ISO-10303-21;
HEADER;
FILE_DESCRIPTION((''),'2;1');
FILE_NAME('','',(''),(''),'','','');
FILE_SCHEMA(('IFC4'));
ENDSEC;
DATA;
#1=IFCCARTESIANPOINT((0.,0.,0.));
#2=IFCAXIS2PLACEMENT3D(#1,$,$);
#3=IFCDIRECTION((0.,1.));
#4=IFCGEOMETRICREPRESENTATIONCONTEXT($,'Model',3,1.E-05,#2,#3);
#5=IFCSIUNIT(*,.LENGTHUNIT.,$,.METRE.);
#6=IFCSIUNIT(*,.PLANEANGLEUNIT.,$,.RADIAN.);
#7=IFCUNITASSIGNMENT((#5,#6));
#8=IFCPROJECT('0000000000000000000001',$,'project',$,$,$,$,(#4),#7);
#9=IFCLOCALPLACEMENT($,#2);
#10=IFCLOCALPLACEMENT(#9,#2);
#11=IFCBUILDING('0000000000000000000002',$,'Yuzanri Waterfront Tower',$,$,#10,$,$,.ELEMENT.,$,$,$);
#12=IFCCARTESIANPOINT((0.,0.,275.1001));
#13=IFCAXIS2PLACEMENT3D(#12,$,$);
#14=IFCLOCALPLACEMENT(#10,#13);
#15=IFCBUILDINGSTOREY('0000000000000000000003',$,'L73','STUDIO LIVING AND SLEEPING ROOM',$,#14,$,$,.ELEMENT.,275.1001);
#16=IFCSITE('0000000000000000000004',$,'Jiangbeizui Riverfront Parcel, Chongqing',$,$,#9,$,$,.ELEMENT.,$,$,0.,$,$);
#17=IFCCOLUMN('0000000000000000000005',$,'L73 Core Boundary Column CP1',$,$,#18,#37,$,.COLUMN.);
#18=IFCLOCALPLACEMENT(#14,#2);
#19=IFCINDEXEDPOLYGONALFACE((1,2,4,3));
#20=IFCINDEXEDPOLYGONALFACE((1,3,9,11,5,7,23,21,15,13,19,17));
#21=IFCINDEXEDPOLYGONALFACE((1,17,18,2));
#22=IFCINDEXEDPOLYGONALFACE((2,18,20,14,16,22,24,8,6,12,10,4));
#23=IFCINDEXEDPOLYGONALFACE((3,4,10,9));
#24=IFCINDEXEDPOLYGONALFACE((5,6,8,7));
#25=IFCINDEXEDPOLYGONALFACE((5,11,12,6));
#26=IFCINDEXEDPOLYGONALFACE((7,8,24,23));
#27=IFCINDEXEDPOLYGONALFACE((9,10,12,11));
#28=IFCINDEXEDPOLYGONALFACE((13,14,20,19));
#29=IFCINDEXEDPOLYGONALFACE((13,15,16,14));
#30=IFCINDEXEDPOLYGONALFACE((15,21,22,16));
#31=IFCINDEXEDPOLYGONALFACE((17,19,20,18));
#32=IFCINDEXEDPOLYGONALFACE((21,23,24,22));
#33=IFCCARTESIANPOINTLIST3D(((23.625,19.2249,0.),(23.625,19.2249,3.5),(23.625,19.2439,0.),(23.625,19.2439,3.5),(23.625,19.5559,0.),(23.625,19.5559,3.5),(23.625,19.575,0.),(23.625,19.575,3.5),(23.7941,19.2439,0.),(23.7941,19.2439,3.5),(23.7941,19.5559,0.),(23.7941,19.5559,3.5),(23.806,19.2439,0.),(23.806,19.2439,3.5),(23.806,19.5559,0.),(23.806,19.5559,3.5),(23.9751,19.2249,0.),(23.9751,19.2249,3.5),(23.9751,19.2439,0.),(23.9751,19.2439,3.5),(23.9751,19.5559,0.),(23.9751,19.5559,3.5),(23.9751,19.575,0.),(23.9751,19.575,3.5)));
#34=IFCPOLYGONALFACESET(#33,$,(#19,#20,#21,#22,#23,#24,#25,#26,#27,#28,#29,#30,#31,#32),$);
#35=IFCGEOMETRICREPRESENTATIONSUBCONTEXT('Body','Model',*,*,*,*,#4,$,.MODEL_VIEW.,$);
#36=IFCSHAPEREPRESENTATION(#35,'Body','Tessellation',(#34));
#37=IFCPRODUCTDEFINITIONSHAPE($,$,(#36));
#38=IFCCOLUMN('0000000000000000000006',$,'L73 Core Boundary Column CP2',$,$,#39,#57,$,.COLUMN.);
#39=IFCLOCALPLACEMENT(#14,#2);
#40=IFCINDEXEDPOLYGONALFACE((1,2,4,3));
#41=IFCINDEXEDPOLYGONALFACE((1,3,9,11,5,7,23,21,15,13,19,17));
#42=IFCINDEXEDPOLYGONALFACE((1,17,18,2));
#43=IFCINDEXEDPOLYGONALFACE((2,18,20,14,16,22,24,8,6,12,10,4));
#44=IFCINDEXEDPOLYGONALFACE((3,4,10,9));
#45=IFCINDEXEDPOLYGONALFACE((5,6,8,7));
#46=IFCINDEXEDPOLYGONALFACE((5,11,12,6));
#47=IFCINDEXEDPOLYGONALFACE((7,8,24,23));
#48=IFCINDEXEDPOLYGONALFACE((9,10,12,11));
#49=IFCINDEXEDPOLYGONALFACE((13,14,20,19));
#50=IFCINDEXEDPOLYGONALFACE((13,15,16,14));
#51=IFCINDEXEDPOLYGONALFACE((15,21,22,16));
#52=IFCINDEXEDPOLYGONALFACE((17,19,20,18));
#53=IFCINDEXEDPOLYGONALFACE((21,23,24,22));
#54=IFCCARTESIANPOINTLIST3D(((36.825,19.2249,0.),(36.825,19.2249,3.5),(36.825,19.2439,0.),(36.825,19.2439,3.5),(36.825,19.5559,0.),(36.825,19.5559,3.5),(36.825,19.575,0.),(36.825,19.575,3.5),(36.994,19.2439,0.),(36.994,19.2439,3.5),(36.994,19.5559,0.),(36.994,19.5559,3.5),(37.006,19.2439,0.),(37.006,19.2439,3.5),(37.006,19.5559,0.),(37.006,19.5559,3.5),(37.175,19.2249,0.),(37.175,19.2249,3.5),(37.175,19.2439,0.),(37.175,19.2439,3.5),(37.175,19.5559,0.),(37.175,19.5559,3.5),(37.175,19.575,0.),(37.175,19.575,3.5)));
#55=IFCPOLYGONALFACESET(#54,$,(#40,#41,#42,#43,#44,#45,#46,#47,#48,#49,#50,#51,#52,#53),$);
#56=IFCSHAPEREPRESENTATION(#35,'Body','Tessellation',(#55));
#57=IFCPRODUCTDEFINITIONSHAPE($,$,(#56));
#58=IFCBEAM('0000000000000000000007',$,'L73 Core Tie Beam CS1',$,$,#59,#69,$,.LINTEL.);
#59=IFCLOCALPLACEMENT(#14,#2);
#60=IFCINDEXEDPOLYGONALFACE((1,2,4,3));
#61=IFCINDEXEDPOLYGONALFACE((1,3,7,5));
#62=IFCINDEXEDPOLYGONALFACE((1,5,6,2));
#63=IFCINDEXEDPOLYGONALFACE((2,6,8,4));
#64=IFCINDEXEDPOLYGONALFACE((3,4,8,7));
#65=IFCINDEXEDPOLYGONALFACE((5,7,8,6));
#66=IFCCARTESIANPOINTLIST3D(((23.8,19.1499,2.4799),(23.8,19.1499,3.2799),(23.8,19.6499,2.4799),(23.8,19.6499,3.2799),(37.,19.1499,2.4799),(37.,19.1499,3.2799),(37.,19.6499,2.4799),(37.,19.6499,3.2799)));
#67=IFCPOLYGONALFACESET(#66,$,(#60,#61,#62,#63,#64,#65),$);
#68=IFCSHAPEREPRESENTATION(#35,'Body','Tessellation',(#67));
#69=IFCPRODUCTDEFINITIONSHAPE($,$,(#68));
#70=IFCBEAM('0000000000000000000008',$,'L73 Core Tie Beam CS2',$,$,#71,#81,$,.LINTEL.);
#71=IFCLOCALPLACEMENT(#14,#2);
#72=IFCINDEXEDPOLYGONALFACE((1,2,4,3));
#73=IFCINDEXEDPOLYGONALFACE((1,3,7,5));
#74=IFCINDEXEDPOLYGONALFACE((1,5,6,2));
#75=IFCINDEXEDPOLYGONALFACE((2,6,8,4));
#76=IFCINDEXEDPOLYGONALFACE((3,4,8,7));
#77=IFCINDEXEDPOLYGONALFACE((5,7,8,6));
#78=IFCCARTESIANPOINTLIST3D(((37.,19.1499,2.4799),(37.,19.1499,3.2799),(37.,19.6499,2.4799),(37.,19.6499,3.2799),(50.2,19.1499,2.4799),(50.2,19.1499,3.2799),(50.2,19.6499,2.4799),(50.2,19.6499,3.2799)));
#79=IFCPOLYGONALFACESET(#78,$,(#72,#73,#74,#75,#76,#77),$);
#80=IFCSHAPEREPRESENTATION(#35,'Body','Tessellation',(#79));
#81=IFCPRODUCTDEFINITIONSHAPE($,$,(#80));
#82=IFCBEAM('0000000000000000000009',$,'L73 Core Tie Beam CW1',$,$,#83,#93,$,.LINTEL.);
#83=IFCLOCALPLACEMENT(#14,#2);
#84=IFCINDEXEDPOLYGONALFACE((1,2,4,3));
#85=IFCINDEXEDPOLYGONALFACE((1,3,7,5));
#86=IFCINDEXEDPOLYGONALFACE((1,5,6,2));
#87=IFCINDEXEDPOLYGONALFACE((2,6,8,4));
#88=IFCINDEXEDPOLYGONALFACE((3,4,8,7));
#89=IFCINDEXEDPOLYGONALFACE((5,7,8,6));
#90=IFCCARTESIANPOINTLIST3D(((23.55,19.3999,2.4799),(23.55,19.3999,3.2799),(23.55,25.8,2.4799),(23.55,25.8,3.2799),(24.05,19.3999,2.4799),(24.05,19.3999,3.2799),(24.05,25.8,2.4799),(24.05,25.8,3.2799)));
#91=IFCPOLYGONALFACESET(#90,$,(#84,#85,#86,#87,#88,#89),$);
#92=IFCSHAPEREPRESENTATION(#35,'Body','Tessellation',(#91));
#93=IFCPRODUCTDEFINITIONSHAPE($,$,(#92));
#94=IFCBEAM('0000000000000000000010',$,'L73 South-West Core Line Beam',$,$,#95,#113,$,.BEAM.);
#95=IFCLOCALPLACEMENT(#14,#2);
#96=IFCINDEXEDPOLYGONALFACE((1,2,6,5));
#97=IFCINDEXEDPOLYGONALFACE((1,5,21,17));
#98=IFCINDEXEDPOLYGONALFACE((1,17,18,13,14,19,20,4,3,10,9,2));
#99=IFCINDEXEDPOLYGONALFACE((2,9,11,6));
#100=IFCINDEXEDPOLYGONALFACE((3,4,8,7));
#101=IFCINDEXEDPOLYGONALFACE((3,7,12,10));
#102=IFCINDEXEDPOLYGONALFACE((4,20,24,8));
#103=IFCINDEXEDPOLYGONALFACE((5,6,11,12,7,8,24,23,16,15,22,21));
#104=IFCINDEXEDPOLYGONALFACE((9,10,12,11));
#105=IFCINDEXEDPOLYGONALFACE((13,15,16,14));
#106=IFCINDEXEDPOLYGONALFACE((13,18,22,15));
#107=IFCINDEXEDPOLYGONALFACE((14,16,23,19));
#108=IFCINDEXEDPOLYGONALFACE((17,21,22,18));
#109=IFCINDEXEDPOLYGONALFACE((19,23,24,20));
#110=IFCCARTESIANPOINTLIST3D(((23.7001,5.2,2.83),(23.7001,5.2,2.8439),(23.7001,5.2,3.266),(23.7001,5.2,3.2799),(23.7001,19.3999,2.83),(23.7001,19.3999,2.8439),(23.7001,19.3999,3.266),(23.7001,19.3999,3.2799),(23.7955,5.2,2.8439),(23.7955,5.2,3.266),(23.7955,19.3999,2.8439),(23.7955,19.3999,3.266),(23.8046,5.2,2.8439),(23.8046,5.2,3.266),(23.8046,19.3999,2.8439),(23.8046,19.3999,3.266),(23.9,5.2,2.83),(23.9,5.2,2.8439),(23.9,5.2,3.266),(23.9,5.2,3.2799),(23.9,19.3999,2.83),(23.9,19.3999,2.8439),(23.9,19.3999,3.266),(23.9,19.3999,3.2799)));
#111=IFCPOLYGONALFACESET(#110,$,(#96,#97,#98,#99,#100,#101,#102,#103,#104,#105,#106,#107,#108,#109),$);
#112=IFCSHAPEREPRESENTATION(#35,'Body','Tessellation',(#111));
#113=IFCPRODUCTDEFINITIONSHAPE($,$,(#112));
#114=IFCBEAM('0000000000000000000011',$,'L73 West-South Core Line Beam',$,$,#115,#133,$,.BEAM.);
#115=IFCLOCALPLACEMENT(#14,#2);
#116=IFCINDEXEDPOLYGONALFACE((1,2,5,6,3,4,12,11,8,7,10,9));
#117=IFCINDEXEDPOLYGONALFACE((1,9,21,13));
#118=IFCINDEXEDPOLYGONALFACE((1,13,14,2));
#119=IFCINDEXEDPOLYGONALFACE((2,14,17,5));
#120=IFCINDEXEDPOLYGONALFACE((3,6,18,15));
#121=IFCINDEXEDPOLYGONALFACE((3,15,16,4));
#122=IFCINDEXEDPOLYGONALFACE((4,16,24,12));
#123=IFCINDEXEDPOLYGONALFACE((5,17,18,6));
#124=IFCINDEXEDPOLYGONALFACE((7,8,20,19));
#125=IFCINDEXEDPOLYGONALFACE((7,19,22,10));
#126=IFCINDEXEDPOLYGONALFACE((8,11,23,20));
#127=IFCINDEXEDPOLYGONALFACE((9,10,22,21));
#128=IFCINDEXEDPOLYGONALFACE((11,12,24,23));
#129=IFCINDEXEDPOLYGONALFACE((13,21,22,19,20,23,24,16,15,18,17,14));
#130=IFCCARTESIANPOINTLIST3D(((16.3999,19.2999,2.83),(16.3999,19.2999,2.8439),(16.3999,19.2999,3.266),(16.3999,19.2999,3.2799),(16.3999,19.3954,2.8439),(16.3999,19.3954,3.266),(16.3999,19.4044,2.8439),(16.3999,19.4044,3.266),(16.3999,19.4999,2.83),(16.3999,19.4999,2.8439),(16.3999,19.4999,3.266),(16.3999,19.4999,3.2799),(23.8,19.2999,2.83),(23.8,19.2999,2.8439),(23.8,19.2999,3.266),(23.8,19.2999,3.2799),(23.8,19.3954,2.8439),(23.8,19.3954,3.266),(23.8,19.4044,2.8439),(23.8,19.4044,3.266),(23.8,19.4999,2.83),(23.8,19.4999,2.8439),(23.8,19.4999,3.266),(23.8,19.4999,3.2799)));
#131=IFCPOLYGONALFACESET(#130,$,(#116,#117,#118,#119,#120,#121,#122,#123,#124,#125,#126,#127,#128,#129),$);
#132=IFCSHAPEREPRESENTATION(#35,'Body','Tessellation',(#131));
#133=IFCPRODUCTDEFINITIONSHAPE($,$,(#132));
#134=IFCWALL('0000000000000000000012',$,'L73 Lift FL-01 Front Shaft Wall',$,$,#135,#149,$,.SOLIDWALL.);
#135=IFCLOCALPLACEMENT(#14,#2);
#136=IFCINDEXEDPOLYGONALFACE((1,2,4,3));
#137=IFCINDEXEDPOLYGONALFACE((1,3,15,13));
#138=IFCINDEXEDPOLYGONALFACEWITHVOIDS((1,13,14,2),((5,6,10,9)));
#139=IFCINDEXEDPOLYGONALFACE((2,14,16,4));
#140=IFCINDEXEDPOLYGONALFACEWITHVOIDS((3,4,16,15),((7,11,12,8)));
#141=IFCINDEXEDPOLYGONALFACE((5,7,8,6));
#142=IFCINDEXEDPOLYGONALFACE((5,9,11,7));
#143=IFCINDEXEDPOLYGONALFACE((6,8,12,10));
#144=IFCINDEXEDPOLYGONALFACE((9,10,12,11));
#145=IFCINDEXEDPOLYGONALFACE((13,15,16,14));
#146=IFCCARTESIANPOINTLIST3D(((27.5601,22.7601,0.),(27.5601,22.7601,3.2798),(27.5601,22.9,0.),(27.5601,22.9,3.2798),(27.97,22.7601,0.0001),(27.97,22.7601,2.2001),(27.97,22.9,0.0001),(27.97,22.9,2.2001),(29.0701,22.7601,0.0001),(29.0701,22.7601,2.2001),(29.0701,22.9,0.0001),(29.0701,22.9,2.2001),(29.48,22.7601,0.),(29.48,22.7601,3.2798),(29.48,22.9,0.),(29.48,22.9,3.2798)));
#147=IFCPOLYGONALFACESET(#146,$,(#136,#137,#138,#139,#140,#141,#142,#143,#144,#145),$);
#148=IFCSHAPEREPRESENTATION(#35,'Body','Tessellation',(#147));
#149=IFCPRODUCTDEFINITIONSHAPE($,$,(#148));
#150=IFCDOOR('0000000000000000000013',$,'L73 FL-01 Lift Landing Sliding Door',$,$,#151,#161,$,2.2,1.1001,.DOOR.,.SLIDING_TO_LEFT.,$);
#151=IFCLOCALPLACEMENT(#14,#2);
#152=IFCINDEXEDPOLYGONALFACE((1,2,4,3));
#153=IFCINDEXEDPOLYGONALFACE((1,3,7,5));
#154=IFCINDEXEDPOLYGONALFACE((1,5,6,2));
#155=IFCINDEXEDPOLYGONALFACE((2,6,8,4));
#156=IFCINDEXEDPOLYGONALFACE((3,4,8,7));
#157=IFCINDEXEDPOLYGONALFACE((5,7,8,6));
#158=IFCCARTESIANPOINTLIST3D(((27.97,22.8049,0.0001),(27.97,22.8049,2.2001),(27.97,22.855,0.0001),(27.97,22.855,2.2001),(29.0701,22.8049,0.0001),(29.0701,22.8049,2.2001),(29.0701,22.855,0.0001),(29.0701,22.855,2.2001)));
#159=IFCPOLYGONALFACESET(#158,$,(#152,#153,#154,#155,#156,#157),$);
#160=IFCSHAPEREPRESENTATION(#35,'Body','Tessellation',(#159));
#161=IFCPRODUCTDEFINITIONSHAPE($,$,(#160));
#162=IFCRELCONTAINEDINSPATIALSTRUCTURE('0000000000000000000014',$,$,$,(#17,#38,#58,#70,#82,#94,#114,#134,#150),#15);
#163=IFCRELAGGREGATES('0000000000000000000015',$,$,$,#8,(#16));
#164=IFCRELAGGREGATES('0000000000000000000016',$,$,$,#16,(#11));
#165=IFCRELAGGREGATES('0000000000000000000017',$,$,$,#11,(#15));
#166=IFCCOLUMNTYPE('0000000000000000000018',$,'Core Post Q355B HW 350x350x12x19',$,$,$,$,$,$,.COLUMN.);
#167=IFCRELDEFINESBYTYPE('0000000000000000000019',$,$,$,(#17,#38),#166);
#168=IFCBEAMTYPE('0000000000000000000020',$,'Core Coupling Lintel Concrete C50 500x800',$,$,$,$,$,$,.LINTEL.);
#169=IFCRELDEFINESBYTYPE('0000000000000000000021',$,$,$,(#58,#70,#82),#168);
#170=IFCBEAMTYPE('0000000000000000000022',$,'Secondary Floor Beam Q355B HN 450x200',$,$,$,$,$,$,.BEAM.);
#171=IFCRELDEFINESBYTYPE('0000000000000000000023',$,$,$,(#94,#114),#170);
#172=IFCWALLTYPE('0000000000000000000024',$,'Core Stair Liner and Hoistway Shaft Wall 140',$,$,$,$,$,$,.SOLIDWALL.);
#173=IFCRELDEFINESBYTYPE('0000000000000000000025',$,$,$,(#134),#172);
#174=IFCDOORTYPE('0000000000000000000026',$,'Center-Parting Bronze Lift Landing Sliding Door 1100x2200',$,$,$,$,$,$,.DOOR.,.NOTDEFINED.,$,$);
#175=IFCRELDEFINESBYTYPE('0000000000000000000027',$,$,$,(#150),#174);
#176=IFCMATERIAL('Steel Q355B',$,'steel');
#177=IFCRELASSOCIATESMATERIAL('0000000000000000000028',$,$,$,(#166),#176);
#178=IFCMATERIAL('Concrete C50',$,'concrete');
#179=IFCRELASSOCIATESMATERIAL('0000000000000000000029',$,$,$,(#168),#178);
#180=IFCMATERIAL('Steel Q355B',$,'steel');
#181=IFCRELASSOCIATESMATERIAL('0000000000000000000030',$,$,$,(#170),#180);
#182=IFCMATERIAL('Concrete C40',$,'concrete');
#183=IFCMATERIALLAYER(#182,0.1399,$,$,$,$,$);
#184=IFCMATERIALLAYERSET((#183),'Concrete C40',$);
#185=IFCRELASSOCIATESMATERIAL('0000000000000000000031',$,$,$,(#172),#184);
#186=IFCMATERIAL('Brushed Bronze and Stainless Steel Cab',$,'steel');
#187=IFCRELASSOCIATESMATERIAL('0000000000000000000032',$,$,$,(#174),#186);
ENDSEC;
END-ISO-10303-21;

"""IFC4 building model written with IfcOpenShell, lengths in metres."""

from ifc_helpers import new_model, si_unit, direction, frame, frame_2d, origin, origin_2d, place, context, subcontext, project, spatial, rectangle, i_section, extrude, source, transform, mapped, material, layer, layer_set, material_profile, profile_set, type_object, element, fill, save


model = new_model("IFC4")

# Units and contexts
model_context = context("Model", 3, precision=1e-05, world=origin(), true_north=direction((0.0, 1.0)))
body_context = subcontext(model_context, "Body", "Model", "MODEL_VIEW")
ifc_project = project(units=[si_unit("LENGTHUNIT", "METRE"), si_unit("PLANEANGLEUNIT", "RADIAN")], contexts=[model_context])

# Site, building, storey
site_placement = place(None, origin())
site = spatial("IfcSite", under=ifc_project, at=site_placement, Name="Jiangbeizui Riverfront Parcel, Chongqing", CompositionType="ELEMENT", RefElevation=0.0)
building_placement = place(site_placement, origin())
building = spatial("IfcBuilding", under=site, at=building_placement, Name="Yuzanri Waterfront Tower", CompositionType="ELEMENT")
storey_placement = place(building_placement, frame((0.0, 0.0, 275.1001)))
storey = spatial("IfcBuildingStorey", under=building, at=storey_placement, Name="L73", Description="STUDIO LIVING AND SLEEPING ROOM", CompositionType="ELEMENT", Elevation=275.1001)

# Columns
ifc_material_1 = material(Name="Steel Q355B", Category="steel")
ifc_material_profile_1 = material_profile(ifc_material_1, i_section(OverallWidth=0.3501, OverallDepth=0.3501, WebThickness=0.012, FlangeThickness=0.019, at=origin_2d()), Name="HW 350x350x12x19")
ifc_profile_set_1 = profile_set([ifc_material_profile_1], Name="Steel Q355B")
column_type = type_object("IfcColumnType", Name="Core Post Q355B HW 350x350x12x19", PredefinedType="COLUMN", material=ifc_profile_set_1)
shared_shape_1 = source(origin(), body_context, "Body", "SweptSolid", [
    extrude(i_section(OverallWidth=0.3501, OverallDepth=0.3501, WebThickness=0.012, FlangeThickness=0.019, at=origin_2d()), origin(), (0.0, 0.0, 1.0), 3.5),
])
for number, where, z_axis, x_axis, name in (
    (1, (23.8, 19.3999, 0.0), (0.0, 0.0, 1.0), (1.0, 0.0, 0.0), "L73 Core Boundary Column CP1"),
    (2, (37.0, 19.3999, 0.0), (0.0, 0.0, 1.0), (1.0, 0.0, 0.0), "L73 Core Boundary Column CP2"),
):
    element("IfcColumn", number, at=place(storey_placement, frame(where, z_axis=z_axis, x_axis=x_axis)), inside=storey, type_object=column_type, Name=name, PredefinedType="COLUMN", context=body_context, shape_type="MappedRepresentation", body=[
        mapped(shared_shape_1, transform((0.0, 0.0, 0.0), scale=1.0)),
    ])

# Beams
ifc_material_2 = material(Name="Concrete C50", Category="concrete")
ifc_material_profile_2 = material_profile(ifc_material_2, rectangle(XDim=0.5, YDim=0.8, at=origin_2d()), Name="RC 500x800")
ifc_profile_set_2 = profile_set([ifc_material_profile_2], Name="Concrete C50")
beam_type_1 = type_object("IfcBeamType", Name="Core Coupling Lintel Concrete C50 500x800", PredefinedType="LINTEL", material=ifc_profile_set_2)
shared_shape_2 = source(origin(), body_context, "Body", "SweptSolid", [
    extrude(rectangle(XDim=0.5, YDim=0.8, at=origin_2d()), origin(), (0.0, 0.0, 1.0), 13.2),
])
for number, where, z_axis, x_axis, name in (
    (3, (23.8, 19.3999, 2.8799), (1.0, 0.0, 0.0), (0.0, 1.0, 0.0), "L73 Core Tie Beam CS1"),
    (4, (37.0, 19.3999, 2.8799), (1.0, 0.0, 0.0), (0.0, 1.0, 0.0), "L73 Core Tie Beam CS2"),
):
    element("IfcBeam", number, at=place(storey_placement, frame(where, z_axis=z_axis, x_axis=x_axis)), inside=storey, type_object=beam_type_1, Name=name, PredefinedType="LINTEL", context=body_context, shape_type="MappedRepresentation", body=[
        mapped(shared_shape_2, transform((0.0, 0.0, 0.0), scale=1.0)),
    ])
shared_shape_3 = source(origin(), body_context, "Body", "SweptSolid", [
    extrude(rectangle(XDim=0.5, YDim=0.8, at=origin_2d()), origin(), (0.0, 0.0, 1.0), 6.4001),
])
beam_1_placement = place(storey_placement, frame((23.8, 19.3999, 2.8799), z_axis=(0.0, 1.0, 0.0), x_axis=(-1.0, 0.0, 0.0)))
element("IfcBeam", 5, at=beam_1_placement, inside=storey, type_object=beam_type_1, Name="L73 Core Tie Beam CW1", PredefinedType="LINTEL", context=body_context, shape_type="MappedRepresentation", body=[
    mapped(shared_shape_3, transform((0.0, 0.0, 0.0), scale=1.0)),
])
ifc_material_3 = material(Name="Steel Q355B", Category="steel")
ifc_material_profile_3 = material_profile(ifc_material_3, i_section(OverallWidth=0.2, OverallDepth=0.45, WebThickness=0.009, FlangeThickness=0.0139, at=origin_2d()), Name="HN 450x200x9x14")
ifc_profile_set_3 = profile_set([ifc_material_profile_3], Name="Steel Q355B")
beam_type_2 = type_object("IfcBeamType", Name="Secondary Floor Beam Q355B HN 450x200", PredefinedType="BEAM", material=ifc_profile_set_3)
shared_shape_4 = source(origin(), body_context, "Body", "SweptSolid", [
    extrude(i_section(OverallWidth=0.2, OverallDepth=0.45, WebThickness=0.009, FlangeThickness=0.0139, at=origin_2d()), origin(), (0.0, 0.0, 1.0), 14.2),
])
beam_2_placement = place(storey_placement, frame((23.8, 19.3999, 3.0549), z_axis=(0.0, -1.0, 0.0), x_axis=(1.0, 0.0, 0.0)))
element("IfcBeam", 6, at=beam_2_placement, inside=storey, type_object=beam_type_2, Name="L73 South-West Core Line Beam", PredefinedType="BEAM", context=body_context, shape_type="MappedRepresentation", body=[
    mapped(shared_shape_4, transform((0.0, 0.0, 0.0), scale=1.0)),
])
shared_shape_5 = source(origin(), body_context, "Body", "SweptSolid", [
    extrude(i_section(OverallWidth=0.2, OverallDepth=0.45, WebThickness=0.009, FlangeThickness=0.0139, at=origin_2d()), origin(), (0.0, 0.0, 1.0), 7.4001),
])
beam_3_placement = place(storey_placement, frame((23.8, 19.3999, 3.0549), z_axis=(-1.0, 0.0, 0.0), x_axis=(0.0, -1.0, 0.0)))
element("IfcBeam", 7, at=beam_3_placement, inside=storey, type_object=beam_type_2, Name="L73 West-South Core Line Beam", PredefinedType="BEAM", context=body_context, shape_type="MappedRepresentation", body=[
    mapped(shared_shape_5, transform((0.0, 0.0, 0.0), scale=1.0)),
])

# Wall, opening, door
ifc_material_4 = material(Name="Concrete C40", Category="concrete")
ifc_layer_1 = layer(ifc_material_4, 0.1399)
ifc_layer_set_1 = layer_set([ifc_layer_1], Name="Concrete C40")
wall_type_1 = type_object("IfcWallType", Name="Core Stair Liner and Hoistway Shaft Wall 140", PredefinedType="SOLIDWALL", material=ifc_layer_set_1)
wall_1_placement = place(storey_placement, frame((27.5601, 22.8301, 0.0), z_axis=(0.0, 0.0, 1.0), x_axis=(1.0, 0.0, 0.0)))
wall_1 = element("IfcWall", 8, at=wall_1_placement, inside=storey, type_object=wall_type_1, Name="L73 Lift FL-01 Front Shaft Wall", PredefinedType="SOLIDWALL", context=body_context, shape_type="SweptSolid", body=[
    extrude(rectangle(XDim=1.9199, YDim=0.1399, at=frame_2d((0.96, 0.0))), origin(), (0.0, 0.0, 1.0), 3.2798),
])
opening_1_placement = place(wall_1_placement, frame((0.4099, 0.0, 0.0)))
opening_1 = element("IfcOpeningElement", 9, at=opening_1_placement, cuts=wall_1, PredefinedType="OPENING", context=body_context, shape_type="SweptSolid", body=[
    extrude(rectangle(XDim=1.1001, YDim=2.2, at=frame_2d((0.55, 1.1001))), frame((0.0, 0.085, 0.0), z_axis=(0.0, -1.0, 0.0), x_axis=(1.0, 0.0, 0.0)), (0.0, 0.0, 1.0), 0.1697),
])
ifc_material_5 = material(Name="Brushed Bronze and Stainless Steel Cab", Category="steel")
door_type_1 = type_object("IfcDoorType", Name="Center-Parting Bronze Lift Landing Sliding Door 1100x2200", OperationType="NOTDEFINED", PredefinedType="DOOR", material=ifc_material_5)
shared_shape_6 = source(origin(), body_context, "Body", "SweptSolid", [
    extrude(rectangle(XDim=1.1001, YDim=2.2, at=frame_2d((0.55, 1.1001))), frame((0.0, 0.0249, 0.0), z_axis=(0.0, -1.0, 0.0), x_axis=(1.0, 0.0, 0.0)), (0.0, 0.0, 1.0), 0.05),
])
door_1_placement = place(opening_1_placement, origin())
door_1 = element("IfcDoor", 10, at=door_1_placement, inside=storey, type_object=door_type_1, Name="L73 FL-01 Lift Landing Sliding Door", OperationType="SLIDING_TO_LEFT", OverallHeight=2.2, OverallWidth=1.1001, PredefinedType="DOOR", context=body_context, shape_type="MappedRepresentation", body=[
    mapped(shared_shape_6, transform((0.0, 0.0, 0.0), scale=1.0)),
])
fill(opening_1, door_1)

save(model, "model.ifc")
